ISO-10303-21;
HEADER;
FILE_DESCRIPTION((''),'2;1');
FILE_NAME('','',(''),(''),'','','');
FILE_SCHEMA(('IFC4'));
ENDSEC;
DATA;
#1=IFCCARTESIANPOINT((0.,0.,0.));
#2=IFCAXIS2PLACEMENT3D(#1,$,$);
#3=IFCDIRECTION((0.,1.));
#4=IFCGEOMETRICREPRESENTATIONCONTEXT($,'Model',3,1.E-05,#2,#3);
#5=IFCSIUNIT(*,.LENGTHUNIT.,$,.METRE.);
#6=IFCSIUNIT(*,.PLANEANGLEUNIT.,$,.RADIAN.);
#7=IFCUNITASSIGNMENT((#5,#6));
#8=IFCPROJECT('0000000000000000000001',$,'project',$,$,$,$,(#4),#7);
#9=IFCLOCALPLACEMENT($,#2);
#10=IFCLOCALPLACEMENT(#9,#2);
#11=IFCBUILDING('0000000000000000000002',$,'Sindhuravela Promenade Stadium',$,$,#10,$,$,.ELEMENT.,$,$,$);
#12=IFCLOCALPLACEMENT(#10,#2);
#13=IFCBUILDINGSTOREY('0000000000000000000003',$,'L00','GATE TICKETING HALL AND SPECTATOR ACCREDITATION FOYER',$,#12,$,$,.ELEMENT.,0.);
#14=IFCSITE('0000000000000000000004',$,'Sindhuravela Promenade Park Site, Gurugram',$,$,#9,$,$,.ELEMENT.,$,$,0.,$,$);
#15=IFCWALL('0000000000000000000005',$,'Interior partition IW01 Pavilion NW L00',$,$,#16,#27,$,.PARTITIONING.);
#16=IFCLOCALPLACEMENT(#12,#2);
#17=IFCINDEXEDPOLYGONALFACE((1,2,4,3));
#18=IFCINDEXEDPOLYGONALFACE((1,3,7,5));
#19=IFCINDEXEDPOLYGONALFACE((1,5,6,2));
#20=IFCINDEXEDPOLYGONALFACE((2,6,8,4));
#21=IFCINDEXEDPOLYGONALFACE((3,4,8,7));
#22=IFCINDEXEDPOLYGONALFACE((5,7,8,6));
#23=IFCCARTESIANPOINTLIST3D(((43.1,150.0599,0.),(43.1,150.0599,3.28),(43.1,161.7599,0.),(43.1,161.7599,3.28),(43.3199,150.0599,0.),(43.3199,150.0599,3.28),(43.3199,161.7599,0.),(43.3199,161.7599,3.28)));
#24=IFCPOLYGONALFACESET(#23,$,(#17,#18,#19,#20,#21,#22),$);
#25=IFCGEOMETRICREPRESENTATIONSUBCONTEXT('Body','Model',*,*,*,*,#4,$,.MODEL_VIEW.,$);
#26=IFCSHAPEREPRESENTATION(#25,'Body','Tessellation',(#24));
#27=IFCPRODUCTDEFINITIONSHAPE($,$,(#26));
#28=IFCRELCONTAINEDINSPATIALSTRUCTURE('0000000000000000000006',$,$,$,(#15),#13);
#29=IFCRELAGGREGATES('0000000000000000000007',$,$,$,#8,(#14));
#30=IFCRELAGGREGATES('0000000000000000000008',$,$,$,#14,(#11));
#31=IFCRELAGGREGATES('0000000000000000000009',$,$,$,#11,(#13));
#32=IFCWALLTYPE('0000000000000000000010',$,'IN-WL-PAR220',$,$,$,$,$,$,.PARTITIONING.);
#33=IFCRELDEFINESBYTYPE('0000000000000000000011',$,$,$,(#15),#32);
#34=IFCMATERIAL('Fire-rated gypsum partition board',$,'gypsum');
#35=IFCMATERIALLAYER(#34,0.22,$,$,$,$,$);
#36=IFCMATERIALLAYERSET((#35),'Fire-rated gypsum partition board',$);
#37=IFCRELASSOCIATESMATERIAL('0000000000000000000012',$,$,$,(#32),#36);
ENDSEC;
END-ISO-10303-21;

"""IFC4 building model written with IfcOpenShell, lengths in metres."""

from ifc_helpers import new_model, si_unit, direction, frame, frame_2d, origin, place, context, subcontext, project, spatial, rectangle, extrude, material, layer, layer_set, type_object, element, save


model = new_model("IFC4")

# Units and contexts
model_context = context("Model", 3, precision=1e-05, world=origin(), true_north=direction((0.0, 1.0)))
body_context = subcontext(model_context, "Body", "Model", "MODEL_VIEW")
ifc_project = project(units=[si_unit("LENGTHUNIT", "METRE"), si_unit("PLANEANGLEUNIT", "RADIAN")], contexts=[model_context])

# Site, building, storey
site_placement = place(None, origin())
site = spatial("IfcSite", under=ifc_project, at=site_placement, Name="Sindhuravela Promenade Park Site, Gurugram", CompositionType="ELEMENT", RefElevation=0.0)
building_placement = place(site_placement, origin())
building = spatial("IfcBuilding", under=site, at=building_placement, Name="Sindhuravela Promenade Stadium", CompositionType="ELEMENT")
storey_placement = place(building_placement, origin())
storey = spatial("IfcBuildingStorey", under=building, at=storey_placement, Name="L00", Description="GATE TICKETING HALL AND SPECTATOR ACCREDITATION FOYER", CompositionType="ELEMENT", Elevation=0.0)

# Wall
ifc_material_1 = material(Name="Fire-rated gypsum partition board", Category="gypsum")
ifc_layer_1 = layer(ifc_material_1, 0.22)
ifc_layer_set_1 = layer_set([ifc_layer_1], Name="Fire-rated gypsum partition board")
wall_type_1 = type_object("IfcWallType", Name="IN-WL-PAR220", PredefinedType="PARTITIONING", material=ifc_layer_set_1)
wall_1_placement = place(storey_placement, frame((43.21, 161.76, 0.0), z_axis=(0.0, 0.0, 1.0), x_axis=(0.0, -1.0, 0.0)))
element("IfcWall", 1, at=wall_1_placement, inside=storey, type_object=wall_type_1, Name="Interior partition IW01 Pavilion NW L00", PredefinedType="PARTITIONING", context=body_context, shape_type="SweptSolid", body=[
    extrude(rectangle(XDim=11.7, YDim=0.22, at=frame_2d((5.8501, 0.0))), origin(), (0.0, 0.0, 1.0), 3.28),
])

save(model, "model.ifc")
